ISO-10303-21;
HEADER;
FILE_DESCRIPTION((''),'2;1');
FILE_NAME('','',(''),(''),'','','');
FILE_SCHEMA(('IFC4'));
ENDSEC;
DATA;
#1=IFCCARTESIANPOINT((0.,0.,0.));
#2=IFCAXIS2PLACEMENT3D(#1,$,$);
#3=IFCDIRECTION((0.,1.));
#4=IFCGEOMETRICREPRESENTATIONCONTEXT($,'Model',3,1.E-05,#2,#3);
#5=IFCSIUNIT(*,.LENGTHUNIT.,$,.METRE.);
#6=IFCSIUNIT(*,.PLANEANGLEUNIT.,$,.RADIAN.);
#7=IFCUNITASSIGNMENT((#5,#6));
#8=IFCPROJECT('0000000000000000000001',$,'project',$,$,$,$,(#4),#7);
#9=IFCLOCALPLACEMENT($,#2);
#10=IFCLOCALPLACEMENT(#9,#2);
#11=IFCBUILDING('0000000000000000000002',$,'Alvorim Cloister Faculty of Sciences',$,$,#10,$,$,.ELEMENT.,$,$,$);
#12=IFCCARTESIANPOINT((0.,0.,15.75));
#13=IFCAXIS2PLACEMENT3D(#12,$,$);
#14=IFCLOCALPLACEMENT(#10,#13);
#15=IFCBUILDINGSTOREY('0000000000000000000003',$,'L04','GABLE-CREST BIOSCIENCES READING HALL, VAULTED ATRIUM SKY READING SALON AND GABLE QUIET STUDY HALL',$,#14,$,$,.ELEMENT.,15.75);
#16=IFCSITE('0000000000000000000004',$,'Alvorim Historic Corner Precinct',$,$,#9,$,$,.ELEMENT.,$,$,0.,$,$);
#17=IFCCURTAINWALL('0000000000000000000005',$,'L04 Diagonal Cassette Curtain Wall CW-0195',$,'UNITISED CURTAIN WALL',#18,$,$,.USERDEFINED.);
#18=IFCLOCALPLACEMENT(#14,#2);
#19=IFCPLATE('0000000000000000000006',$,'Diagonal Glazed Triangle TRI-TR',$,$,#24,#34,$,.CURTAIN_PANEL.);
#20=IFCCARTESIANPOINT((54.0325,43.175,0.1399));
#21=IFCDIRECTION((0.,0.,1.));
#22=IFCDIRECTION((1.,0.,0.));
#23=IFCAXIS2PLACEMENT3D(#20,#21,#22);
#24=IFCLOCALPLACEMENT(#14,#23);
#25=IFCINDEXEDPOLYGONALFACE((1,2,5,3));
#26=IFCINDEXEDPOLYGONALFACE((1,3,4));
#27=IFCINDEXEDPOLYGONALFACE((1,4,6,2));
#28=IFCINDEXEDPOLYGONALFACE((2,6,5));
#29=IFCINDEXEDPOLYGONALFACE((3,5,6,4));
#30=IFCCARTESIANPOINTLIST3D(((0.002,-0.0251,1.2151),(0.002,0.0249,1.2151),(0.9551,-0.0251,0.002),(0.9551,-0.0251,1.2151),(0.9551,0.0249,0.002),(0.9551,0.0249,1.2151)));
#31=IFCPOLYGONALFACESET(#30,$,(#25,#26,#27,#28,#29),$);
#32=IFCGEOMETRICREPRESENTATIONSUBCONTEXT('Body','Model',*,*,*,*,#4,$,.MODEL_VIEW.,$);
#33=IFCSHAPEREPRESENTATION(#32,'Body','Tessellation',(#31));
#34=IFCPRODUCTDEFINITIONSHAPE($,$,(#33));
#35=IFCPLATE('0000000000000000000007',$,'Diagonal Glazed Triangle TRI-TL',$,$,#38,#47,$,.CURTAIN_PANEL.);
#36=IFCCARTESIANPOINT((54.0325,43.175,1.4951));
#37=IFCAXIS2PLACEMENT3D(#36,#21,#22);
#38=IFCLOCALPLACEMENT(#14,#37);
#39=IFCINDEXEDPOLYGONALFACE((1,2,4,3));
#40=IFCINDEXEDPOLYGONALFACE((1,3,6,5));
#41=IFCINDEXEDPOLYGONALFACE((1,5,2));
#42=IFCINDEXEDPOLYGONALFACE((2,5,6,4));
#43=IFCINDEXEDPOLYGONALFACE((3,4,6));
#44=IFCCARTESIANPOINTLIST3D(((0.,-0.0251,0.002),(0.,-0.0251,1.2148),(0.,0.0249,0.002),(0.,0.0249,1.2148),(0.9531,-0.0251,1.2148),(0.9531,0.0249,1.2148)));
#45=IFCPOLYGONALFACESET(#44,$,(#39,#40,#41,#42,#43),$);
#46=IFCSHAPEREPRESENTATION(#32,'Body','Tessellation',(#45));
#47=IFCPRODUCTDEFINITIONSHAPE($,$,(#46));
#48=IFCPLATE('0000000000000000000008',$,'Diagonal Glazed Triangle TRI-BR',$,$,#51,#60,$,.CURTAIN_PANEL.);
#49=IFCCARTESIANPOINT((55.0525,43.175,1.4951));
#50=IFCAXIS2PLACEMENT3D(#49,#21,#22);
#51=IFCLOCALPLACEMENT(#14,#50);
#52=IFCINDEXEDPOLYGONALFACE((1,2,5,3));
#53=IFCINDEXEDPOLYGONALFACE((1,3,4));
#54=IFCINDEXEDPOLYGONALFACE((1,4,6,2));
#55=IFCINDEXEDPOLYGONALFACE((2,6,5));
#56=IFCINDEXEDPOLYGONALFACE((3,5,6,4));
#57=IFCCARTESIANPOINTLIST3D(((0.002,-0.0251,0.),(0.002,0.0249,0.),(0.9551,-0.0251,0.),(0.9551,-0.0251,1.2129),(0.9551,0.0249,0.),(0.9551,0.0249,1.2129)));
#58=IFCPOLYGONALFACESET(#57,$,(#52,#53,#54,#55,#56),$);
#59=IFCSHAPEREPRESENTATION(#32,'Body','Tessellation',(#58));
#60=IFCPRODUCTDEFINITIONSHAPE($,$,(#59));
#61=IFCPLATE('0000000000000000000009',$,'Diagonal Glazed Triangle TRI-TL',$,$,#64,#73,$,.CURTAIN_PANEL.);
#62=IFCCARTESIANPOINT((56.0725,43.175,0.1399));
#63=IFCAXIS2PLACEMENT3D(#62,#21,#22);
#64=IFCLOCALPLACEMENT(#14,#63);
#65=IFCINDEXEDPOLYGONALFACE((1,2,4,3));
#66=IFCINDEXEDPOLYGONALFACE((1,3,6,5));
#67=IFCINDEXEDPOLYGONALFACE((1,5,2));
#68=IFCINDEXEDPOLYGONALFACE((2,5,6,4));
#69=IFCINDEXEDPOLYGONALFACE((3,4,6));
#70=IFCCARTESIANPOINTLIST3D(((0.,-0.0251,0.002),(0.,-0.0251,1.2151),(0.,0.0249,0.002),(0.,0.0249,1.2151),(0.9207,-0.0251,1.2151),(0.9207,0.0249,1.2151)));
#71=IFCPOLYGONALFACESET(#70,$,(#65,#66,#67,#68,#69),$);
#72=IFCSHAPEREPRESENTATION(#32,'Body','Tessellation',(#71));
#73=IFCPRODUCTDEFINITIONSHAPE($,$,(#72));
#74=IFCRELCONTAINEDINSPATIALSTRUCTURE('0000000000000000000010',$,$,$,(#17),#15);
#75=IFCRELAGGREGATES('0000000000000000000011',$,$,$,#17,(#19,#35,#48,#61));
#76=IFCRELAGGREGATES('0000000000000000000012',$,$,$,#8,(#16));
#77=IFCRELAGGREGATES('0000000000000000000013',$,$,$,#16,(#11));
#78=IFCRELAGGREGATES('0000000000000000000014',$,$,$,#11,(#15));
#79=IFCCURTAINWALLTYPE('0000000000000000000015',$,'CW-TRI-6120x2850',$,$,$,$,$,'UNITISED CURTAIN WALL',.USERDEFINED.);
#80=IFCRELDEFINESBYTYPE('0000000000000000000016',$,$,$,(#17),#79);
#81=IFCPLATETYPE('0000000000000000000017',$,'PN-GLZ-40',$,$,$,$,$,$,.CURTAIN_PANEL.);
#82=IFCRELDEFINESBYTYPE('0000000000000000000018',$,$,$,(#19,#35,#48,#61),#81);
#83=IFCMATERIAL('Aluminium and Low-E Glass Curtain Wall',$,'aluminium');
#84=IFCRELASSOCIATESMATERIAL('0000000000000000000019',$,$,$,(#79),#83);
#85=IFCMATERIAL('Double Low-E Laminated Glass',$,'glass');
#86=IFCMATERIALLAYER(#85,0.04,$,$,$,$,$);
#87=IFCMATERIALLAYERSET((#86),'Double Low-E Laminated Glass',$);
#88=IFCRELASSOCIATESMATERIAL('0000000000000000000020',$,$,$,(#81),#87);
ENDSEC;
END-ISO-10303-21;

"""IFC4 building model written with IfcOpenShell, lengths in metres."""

from ifc_helpers import new_model, si_unit, direction, frame, origin, place, context, subcontext, project, spatial, polyline, outline, extrude, material, layer, layer_set, type_object, element, aggregate, save


model = new_model("IFC4")

# Units and contexts
model_context = context("Model", 3, precision=1e-05, world=origin(), true_north=direction((0.0, 1.0)))
body_context = subcontext(model_context, "Body", "Model", "MODEL_VIEW")
ifc_project = project(units=[si_unit("LENGTHUNIT", "METRE"), si_unit("PLANEANGLEUNIT", "RADIAN")], contexts=[model_context])

# Site, building, storey
site_placement = place(None, origin())
site = spatial("IfcSite", under=ifc_project, at=site_placement, Name="Alvorim Historic Corner Precinct", CompositionType="ELEMENT", RefElevation=0.0)
building_placement = place(site_placement, origin())
building = spatial("IfcBuilding", under=site, at=building_placement, Name="Alvorim Cloister Faculty of Sciences", CompositionType="ELEMENT")
storey_placement = place(building_placement, frame((0.0, 0.0, 15.75)))
storey = spatial("IfcBuildingStorey", under=building, at=storey_placement, Name="L04", Description="GABLE-CREST BIOSCIENCES READING HALL, VAULTED ATRIUM SKY READING SALON AND GABLE QUIET STUDY HALL", CompositionType="ELEMENT", Elevation=15.75)

# Curtain wall, plates
ifc_material_1 = material(Name="Aluminium and Low-E Glass Curtain Wall", Category="aluminium")
curtain_wall_type = type_object("IfcCurtainWallType", Name="CW-TRI-6120x2850", ElementType="UNITISED CURTAIN WALL", PredefinedType="USERDEFINED", material=ifc_material_1)
curtain_wall_placement = place(storey_placement, origin())
curtain_wall = element("IfcCurtainWall", 1, at=curtain_wall_placement, inside=storey, type_object=curtain_wall_type, Name="L04 Diagonal Cassette Curtain Wall CW-0195", ObjectType="UNITISED CURTAIN WALL", PredefinedType="USERDEFINED")
ifc_material_2 = material(Name="Double Low-E Laminated Glass", Category="glass")
ifc_layer = layer(ifc_material_2, 0.04)
ifc_layer_set = layer_set([ifc_layer], Name="Double Low-E Laminated Glass")
plate_type = type_object("IfcPlateType", Name="PN-GLZ-40", PredefinedType="CURTAIN_PANEL", material=ifc_layer_set)
plate_1_placement = place(storey_placement, frame((54.0325, 43.175, 0.1399), z_axis=(0.0, 0.0, 1.0), x_axis=(1.0, 0.0, 0.0)))
plate_1 = element("IfcPlate", 2, at=plate_1_placement, type_object=plate_type, Name="Diagonal Glazed Triangle TRI-TR", PredefinedType="CURTAIN_PANEL", context=body_context, shape_type="SweptSolid", body=[
    extrude(outline(polyline([(0.9551, 0.002), (0.9551, 1.2151), (0.002, 1.2151), (0.9551, 0.002)])), frame((0.0, 0.0249, 0.0), z_axis=(0.0, -1.0, 0.0), x_axis=(1.0, 0.0, 0.0)), (0.0, 0.0, 1.0), 0.05),
])
plate_2_placement = place(storey_placement, frame((54.0325, 43.175, 1.4951), z_axis=(0.0, 0.0, 1.0), x_axis=(1.0, 0.0, 0.0)))
plate_2 = element("IfcPlate", 3, at=plate_2_placement, type_object=plate_type, Name="Diagonal Glazed Triangle TRI-TL", PredefinedType="CURTAIN_PANEL", context=body_context, shape_type="SweptSolid", body=[
    extrude(outline(polyline([(0.9531, 1.2148), (0.0, 1.2148), (0.0, 0.002), (0.9531, 1.2148)])), frame((0.0, 0.0249, 0.0), z_axis=(0.0, -1.0, 0.0), x_axis=(1.0, 0.0, 0.0)), (0.0, 0.0, 1.0), 0.05),
])
plate_3_placement = place(storey_placement, frame((55.0525, 43.175, 1.4951), z_axis=(0.0, 0.0, 1.0), x_axis=(1.0, 0.0, 0.0)))
plate_3 = element("IfcPlate", 4, at=plate_3_placement, type_object=plate_type, Name="Diagonal Glazed Triangle TRI-BR", PredefinedType="CURTAIN_PANEL", context=body_context, shape_type="SweptSolid", body=[
    extrude(outline(polyline([(0.002, 0.0), (0.9551, 0.0), (0.9551, 1.2129), (0.002, 0.0)])), frame((0.0, 0.0249, 0.0), z_axis=(0.0, -1.0, 0.0), x_axis=(1.0, 0.0, 0.0)), (0.0, 0.0, 1.0), 0.05),
])
plate_4_placement = place(storey_placement, frame((56.0725, 43.175, 0.1399), z_axis=(0.0, 0.0, 1.0), x_axis=(1.0, 0.0, 0.0)))
plate_4 = element("IfcPlate", 5, at=plate_4_placement, type_object=plate_type, Name="Diagonal Glazed Triangle TRI-TL", PredefinedType="CURTAIN_PANEL", context=body_context, shape_type="SweptSolid", body=[
    extrude(outline(polyline([(0.9207, 1.2151), (0.0, 1.2151), (0.0, 0.002), (0.9207, 1.2151)])), frame((0.0, 0.0249, 0.0), z_axis=(0.0, -1.0, 0.0), x_axis=(1.0, 0.0, 0.0)), (0.0, 0.0, 1.0), 0.05),
])
aggregate(curtain_wall, [plate_1, plate_2, plate_3, plate_4])

save(model, "model.ifc")
